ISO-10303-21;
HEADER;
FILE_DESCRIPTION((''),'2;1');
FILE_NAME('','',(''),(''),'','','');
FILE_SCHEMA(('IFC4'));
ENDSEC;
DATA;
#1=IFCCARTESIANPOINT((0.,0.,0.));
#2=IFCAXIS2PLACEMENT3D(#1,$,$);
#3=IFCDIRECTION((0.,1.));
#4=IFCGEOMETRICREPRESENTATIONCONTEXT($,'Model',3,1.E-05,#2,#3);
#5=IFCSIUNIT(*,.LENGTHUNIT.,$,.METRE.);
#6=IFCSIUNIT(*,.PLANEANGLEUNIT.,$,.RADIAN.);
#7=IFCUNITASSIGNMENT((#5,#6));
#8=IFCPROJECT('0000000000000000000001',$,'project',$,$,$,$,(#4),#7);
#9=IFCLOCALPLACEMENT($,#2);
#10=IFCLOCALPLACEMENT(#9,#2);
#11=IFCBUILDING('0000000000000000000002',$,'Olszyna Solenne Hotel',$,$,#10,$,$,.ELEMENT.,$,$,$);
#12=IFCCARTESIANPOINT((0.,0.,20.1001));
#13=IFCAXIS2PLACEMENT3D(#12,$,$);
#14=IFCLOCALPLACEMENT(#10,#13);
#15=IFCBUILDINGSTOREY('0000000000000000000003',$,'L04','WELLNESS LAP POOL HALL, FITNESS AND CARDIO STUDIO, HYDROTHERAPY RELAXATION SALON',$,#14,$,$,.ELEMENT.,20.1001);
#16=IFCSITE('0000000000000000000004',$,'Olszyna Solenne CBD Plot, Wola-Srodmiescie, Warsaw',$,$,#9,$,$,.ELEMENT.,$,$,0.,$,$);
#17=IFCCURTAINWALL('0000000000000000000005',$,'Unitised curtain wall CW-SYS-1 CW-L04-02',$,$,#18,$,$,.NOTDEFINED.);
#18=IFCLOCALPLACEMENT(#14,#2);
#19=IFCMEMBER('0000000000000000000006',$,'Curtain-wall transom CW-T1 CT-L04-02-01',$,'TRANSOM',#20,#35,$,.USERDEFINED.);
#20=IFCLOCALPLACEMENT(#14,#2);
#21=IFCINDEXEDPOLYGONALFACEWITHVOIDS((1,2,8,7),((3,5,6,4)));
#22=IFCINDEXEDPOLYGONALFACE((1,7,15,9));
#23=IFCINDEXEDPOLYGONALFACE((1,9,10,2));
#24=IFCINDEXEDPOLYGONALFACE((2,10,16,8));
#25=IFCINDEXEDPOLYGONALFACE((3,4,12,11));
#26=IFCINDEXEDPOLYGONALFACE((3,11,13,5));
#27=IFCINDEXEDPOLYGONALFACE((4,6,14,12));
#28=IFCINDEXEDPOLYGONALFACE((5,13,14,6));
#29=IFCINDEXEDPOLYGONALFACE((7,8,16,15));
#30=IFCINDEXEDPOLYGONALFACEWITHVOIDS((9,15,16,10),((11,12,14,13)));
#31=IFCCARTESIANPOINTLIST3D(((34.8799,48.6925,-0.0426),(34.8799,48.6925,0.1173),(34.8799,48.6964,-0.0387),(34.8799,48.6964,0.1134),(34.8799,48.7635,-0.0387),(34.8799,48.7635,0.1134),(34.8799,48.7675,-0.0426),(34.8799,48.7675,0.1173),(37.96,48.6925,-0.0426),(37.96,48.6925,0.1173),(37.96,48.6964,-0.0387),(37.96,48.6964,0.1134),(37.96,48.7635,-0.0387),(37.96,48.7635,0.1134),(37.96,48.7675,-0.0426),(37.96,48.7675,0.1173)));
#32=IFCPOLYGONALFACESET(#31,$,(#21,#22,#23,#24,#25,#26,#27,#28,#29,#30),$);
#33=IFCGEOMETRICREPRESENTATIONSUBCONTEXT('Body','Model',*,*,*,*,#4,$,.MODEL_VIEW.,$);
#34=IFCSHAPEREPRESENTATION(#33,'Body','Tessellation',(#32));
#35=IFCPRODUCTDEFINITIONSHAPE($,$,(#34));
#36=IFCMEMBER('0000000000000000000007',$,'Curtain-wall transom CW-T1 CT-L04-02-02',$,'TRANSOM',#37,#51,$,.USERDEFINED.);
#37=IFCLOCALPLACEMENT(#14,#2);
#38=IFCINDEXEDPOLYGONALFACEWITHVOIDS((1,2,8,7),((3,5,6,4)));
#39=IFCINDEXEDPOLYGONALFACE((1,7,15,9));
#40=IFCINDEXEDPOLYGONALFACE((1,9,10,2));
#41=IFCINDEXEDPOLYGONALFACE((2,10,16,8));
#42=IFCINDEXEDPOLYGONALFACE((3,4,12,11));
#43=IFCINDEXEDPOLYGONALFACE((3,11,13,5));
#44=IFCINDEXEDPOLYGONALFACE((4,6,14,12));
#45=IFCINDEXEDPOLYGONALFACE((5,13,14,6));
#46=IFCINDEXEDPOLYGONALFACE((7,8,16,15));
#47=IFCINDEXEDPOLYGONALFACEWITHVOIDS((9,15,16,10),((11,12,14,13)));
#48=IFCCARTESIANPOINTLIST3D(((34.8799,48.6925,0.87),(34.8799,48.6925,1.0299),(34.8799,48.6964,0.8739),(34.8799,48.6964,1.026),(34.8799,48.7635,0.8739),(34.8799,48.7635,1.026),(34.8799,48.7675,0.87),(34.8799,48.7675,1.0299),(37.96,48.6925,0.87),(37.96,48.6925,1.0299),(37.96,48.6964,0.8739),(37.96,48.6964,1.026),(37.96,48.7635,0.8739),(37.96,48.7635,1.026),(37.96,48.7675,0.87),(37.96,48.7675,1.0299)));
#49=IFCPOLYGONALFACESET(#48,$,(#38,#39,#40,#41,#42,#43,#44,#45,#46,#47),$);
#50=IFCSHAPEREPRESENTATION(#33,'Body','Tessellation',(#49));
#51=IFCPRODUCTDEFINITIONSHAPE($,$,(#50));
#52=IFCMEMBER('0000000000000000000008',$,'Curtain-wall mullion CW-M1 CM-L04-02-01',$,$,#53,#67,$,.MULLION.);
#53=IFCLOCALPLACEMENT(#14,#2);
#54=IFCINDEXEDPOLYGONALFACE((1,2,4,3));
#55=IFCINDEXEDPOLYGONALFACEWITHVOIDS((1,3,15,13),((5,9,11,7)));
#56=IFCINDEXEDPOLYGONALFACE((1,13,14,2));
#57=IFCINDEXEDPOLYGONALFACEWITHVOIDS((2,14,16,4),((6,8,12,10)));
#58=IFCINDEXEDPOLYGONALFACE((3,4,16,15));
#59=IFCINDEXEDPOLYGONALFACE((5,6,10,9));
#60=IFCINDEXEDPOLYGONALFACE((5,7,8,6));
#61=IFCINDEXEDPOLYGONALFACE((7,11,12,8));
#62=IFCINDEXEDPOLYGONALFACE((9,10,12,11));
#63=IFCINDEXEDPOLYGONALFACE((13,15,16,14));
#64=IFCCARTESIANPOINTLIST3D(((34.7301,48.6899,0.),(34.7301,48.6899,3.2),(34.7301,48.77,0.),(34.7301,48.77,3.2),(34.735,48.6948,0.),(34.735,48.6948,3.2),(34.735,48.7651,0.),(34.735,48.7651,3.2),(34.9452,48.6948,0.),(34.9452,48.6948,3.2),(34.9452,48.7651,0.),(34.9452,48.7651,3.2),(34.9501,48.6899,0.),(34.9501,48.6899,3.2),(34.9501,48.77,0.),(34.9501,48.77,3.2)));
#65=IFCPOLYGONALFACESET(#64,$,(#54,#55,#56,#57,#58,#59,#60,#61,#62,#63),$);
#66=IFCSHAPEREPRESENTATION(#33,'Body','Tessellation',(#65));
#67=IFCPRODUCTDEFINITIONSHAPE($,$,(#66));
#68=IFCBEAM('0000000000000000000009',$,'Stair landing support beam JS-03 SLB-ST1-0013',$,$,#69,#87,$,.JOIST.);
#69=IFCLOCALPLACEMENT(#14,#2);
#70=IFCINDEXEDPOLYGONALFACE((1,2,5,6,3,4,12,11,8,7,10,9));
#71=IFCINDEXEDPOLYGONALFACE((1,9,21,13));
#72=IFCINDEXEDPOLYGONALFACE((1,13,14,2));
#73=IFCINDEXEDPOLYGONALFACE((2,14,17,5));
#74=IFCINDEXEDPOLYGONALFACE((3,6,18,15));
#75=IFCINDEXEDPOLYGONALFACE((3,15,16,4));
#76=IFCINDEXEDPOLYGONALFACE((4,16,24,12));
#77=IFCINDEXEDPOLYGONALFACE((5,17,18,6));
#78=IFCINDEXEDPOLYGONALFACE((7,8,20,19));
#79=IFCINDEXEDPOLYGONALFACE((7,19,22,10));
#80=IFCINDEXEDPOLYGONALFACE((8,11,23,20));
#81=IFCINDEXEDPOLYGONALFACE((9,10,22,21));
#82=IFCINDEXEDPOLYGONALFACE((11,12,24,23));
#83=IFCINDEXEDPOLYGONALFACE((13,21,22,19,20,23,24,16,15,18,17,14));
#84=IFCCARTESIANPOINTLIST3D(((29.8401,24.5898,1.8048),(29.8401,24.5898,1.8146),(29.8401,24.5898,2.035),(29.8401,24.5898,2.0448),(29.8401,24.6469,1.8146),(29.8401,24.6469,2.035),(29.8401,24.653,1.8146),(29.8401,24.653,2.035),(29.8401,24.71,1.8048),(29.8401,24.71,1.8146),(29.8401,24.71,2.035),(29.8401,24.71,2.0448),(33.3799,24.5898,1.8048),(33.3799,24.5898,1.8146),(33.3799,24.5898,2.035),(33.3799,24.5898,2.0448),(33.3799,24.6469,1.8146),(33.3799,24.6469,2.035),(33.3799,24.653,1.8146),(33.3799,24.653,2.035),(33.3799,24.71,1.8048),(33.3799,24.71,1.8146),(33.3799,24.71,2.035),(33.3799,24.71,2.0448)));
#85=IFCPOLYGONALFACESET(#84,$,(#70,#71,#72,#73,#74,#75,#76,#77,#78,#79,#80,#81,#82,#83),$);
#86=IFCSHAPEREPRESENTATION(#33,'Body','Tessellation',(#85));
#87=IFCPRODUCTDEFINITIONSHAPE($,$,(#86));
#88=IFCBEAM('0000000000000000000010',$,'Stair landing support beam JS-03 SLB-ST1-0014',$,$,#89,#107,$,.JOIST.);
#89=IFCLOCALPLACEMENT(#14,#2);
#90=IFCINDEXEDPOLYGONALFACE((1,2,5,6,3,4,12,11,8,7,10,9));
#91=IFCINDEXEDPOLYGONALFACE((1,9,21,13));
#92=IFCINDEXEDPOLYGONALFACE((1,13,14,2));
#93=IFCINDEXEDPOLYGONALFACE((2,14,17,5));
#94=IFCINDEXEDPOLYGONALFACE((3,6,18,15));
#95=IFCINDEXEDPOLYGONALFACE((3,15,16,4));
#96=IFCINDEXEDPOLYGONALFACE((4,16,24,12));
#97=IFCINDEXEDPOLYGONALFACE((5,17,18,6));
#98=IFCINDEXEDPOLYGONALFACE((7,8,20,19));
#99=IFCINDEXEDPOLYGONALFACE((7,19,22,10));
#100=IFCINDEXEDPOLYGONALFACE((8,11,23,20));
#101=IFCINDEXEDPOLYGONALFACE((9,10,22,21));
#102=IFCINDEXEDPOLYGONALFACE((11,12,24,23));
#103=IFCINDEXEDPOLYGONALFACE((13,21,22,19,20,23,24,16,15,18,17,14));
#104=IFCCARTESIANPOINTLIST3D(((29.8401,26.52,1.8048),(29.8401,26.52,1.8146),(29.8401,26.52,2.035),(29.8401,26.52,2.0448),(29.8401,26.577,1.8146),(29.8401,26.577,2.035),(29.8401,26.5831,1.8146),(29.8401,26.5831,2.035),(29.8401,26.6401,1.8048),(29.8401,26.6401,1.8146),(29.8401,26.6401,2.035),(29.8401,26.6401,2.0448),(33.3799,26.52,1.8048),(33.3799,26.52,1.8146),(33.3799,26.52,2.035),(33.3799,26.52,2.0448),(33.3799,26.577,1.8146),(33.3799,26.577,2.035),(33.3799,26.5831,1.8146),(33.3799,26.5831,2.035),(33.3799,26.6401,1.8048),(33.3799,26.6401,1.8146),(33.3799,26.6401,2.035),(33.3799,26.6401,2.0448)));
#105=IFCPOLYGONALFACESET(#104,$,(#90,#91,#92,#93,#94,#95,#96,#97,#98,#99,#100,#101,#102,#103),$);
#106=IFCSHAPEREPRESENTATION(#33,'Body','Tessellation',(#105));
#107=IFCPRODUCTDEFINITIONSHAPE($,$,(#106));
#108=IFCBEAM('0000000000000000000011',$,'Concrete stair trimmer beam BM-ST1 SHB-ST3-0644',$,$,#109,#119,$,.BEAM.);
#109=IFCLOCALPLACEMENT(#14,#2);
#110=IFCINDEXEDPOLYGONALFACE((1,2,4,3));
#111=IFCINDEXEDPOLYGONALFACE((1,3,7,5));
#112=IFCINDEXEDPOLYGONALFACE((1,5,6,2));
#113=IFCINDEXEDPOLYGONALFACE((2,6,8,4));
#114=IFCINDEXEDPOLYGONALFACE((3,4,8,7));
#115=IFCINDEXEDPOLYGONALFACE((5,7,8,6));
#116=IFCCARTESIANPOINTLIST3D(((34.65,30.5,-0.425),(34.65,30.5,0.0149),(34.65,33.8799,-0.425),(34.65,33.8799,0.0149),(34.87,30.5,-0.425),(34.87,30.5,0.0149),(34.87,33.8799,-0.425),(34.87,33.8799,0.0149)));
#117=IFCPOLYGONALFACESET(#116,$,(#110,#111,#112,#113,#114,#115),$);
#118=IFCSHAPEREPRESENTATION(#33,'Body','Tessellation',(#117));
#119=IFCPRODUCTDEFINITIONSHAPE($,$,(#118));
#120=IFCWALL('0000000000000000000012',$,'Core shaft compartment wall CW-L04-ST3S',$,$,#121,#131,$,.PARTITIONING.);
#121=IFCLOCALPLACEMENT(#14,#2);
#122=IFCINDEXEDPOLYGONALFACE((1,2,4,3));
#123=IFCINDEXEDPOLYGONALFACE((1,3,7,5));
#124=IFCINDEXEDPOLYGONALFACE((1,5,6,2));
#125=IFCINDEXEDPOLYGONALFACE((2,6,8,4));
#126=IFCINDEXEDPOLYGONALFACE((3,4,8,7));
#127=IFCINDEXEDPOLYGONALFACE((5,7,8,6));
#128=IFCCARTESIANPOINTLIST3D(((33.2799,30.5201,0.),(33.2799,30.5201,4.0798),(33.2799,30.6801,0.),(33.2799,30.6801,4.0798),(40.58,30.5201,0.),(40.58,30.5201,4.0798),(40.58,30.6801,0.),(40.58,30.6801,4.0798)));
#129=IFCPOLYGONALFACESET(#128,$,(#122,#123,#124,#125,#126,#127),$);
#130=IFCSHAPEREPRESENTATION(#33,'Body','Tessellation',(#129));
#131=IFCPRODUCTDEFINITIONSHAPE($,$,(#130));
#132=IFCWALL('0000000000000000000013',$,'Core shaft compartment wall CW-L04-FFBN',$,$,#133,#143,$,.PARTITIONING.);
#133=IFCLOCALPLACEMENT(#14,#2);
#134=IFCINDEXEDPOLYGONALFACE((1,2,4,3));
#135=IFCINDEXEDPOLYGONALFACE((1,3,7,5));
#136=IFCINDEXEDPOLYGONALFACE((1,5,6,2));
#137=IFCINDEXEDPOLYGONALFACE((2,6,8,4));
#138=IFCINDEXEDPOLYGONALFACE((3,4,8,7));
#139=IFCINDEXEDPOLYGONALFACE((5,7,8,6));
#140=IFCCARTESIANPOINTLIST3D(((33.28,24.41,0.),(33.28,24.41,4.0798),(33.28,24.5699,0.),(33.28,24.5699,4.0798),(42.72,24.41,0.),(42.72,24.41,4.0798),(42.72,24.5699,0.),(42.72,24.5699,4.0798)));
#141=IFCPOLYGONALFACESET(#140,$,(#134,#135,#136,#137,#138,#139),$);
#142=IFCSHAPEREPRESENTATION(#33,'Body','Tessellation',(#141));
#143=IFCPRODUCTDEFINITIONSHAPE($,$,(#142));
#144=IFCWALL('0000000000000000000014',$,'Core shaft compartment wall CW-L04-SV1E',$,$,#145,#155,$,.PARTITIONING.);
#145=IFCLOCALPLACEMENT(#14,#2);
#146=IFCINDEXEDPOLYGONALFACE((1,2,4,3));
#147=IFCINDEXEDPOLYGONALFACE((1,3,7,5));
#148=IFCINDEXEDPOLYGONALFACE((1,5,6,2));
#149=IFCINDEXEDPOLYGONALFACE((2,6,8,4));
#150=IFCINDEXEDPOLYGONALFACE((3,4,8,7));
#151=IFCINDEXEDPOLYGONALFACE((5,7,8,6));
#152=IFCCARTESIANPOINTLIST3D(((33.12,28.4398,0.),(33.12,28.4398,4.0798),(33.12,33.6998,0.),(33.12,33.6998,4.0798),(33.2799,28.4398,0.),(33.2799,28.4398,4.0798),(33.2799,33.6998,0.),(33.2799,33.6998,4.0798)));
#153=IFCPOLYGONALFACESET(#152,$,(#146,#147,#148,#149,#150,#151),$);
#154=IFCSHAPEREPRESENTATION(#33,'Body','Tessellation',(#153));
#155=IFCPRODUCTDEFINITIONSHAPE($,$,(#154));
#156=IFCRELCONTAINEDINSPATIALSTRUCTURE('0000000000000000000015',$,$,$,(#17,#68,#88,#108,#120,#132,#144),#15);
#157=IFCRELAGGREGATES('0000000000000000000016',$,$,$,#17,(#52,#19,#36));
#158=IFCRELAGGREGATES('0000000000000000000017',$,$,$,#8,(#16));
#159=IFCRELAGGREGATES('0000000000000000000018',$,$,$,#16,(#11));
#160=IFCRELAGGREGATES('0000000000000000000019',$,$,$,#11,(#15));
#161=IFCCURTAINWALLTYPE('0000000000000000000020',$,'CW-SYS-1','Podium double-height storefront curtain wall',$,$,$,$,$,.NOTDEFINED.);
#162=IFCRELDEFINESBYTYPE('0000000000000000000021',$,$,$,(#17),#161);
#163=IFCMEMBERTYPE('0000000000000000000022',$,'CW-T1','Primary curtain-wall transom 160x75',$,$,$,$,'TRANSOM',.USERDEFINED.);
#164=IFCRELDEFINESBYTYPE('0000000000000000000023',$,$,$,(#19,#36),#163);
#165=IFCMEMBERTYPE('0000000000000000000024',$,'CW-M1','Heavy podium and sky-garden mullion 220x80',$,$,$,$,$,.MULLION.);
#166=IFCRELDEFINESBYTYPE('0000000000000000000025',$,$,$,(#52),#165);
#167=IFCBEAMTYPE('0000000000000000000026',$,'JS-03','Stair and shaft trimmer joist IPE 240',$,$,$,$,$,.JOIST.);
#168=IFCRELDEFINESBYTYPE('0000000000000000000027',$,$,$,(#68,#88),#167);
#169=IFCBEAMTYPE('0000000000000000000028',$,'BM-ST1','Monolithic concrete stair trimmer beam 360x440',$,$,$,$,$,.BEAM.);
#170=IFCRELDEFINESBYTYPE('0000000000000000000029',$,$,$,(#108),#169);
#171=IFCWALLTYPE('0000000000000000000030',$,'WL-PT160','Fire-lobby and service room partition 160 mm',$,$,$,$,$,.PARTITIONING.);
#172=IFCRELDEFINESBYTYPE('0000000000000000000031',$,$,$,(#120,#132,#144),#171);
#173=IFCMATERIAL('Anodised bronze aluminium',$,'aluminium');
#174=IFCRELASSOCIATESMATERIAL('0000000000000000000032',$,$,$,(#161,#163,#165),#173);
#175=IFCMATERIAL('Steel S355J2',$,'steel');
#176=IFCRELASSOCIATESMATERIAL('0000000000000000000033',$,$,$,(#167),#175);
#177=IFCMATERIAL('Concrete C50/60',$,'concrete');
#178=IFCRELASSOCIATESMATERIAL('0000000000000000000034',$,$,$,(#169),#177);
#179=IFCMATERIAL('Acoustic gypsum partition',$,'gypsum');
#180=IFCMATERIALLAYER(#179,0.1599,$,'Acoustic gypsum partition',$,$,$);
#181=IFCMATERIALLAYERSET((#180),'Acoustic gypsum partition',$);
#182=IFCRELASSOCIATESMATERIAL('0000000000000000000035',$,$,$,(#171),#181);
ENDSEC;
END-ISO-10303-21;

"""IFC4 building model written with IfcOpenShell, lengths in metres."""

from ifc_helpers import new_model, si_unit, direction, frame, frame_2d, origin, origin_2d, place, context, subcontext, project, spatial, rectangle, hollow_rectangle, i_section, extrude, source, transform, mapped, material, layer, layer_set, material_profile, profile_set, type_object, element, aggregate, save


model = new_model("IFC4")

# Units and contexts
model_context = context("Model", 3, precision=1e-05, world=origin(), true_north=direction((0.0, 1.0)))
body_context = subcontext(model_context, "Body", "Model", "MODEL_VIEW")
ifc_project = project(units=[si_unit("LENGTHUNIT", "METRE"), si_unit("PLANEANGLEUNIT", "RADIAN")], contexts=[model_context])

# Site, building, storey
site_placement = place(None, origin())
site = spatial("IfcSite", under=ifc_project, at=site_placement, Name="Olszyna Solenne CBD Plot, Wola-Srodmiescie, Warsaw", CompositionType="ELEMENT", RefElevation=0.0)
building_placement = place(site_placement, origin())
building = spatial("IfcBuilding", under=site, at=building_placement, Name="Olszyna Solenne Hotel", CompositionType="ELEMENT")
storey_placement = place(building_placement, frame((0.0, 0.0, 20.1001)))
storey = spatial("IfcBuildingStorey", under=building, at=storey_placement, Name="L04", Description="WELLNESS LAP POOL HALL, FITNESS AND CARDIO STUDIO, HYDROTHERAPY RELAXATION SALON", CompositionType="ELEMENT", Elevation=20.1001)

# Curtain wall, members
ifc_material_1 = material(Name="Anodised bronze aluminium", Category="aluminium")
curtain_wall_type = type_object("IfcCurtainWallType", Name="CW-SYS-1", Description="Podium double-height storefront curtain wall", PredefinedType="NOTDEFINED", material=ifc_material_1)
curtain_wall_placement = place(storey_placement, origin())
curtain_wall = element("IfcCurtainWall", 1, at=curtain_wall_placement, inside=storey, type_object=curtain_wall_type, Name="Unitised curtain wall CW-SYS-1 CW-L04-02", PredefinedType="NOTDEFINED")
ifc_material_profile_1 = material_profile(ifc_material_1, hollow_rectangle(XDim=0.075, YDim=0.1599, WallThickness=0.0039, at=origin_2d()), Name="TRAN 160x75x4", Category="load-bearing")
ifc_profile_set_1 = profile_set([ifc_material_profile_1], Name="Anodised bronze aluminium")
member_type_1 = type_object("IfcMemberType", Name="CW-T1", Description="Primary curtain-wall transom 160x75", ElementType="TRANSOM", PredefinedType="USERDEFINED", material=ifc_profile_set_1)
shared_shape_1 = source(origin(), body_context, "Body", "SweptSolid", [
    extrude(hollow_rectangle(XDim=0.075, YDim=0.1599, WallThickness=0.0039, at=origin_2d()), origin(), (0.0, 0.0, 1.0), 3.0801),
])
member_1_placement = place(storey_placement, frame((34.8799, 48.73, 0.0374), z_axis=(1.0, 0.0, 0.0), x_axis=(0.0, 1.0, 0.0)))
member_1 = element("IfcMember", 2, at=member_1_placement, type_object=member_type_1, Name="Curtain-wall transom CW-T1 CT-L04-02-01", ObjectType="TRANSOM", PredefinedType="USERDEFINED", context=body_context, shape_type="MappedRepresentation", body=[
    mapped(shared_shape_1, transform((0.0, 0.0, 0.0), x_axis=(1.0, 0.0, 0.0), y_axis=(0.0, 1.0, 0.0), z_axis=(0.0, 0.0, 1.0), scale=1.0)),
])
member_2_placement = place(storey_placement, frame((34.8799, 48.73, 0.95), z_axis=(1.0, 0.0, 0.0), x_axis=(0.0, 1.0, 0.0)))
member_2 = element("IfcMember", 3, at=member_2_placement, type_object=member_type_1, Name="Curtain-wall transom CW-T1 CT-L04-02-02", ObjectType="TRANSOM", PredefinedType="USERDEFINED", context=body_context, shape_type="MappedRepresentation", body=[
    mapped(shared_shape_1, transform((0.0, 0.0, 0.0), x_axis=(1.0, 0.0, 0.0), y_axis=(0.0, 1.0, 0.0), z_axis=(0.0, 0.0, 1.0), scale=1.0)),
])
ifc_material_profile_2 = material_profile(ifc_material_1, hollow_rectangle(XDim=0.0801, YDim=0.22, WallThickness=0.0049, at=origin_2d()), Name="MULL 220x80x5", Category="load-bearing")
ifc_profile_set_2 = profile_set([ifc_material_profile_2], Name="Anodised bronze aluminium")
member_type_2 = type_object("IfcMemberType", Name="CW-M1", Description="Heavy podium and sky-garden mullion 220x80", PredefinedType="MULLION", material=ifc_profile_set_2)
shared_shape_2 = source(origin(), body_context, "Body", "SweptSolid", [
    extrude(hollow_rectangle(XDim=0.0801, YDim=0.22, WallThickness=0.0049, at=origin_2d()), origin(), (0.0, 0.0, 1.0), 3.2),
])
member_3_placement = place(storey_placement, frame((34.8401, 48.73, 0.0), z_axis=(0.0, 0.0, 1.0), x_axis=(0.0, 1.0, 0.0)))
member_3 = element("IfcMember", 4, at=member_3_placement, type_object=member_type_2, Name="Curtain-wall mullion CW-M1 CM-L04-02-01", PredefinedType="MULLION", context=body_context, shape_type="MappedRepresentation", body=[
    mapped(shared_shape_2, transform((0.0, 0.0, 0.0), x_axis=(1.0, 0.0, 0.0), y_axis=(0.0, 1.0, 0.0), z_axis=(0.0, 0.0, 1.0), scale=1.0)),
])
aggregate(curtain_wall, [member_3, member_1, member_2])

# Beams
ifc_material_2 = material(Name="Steel S355J2", Category="steel")
ifc_material_profile_3 = material_profile(ifc_material_2, i_section(OverallWidth=0.1201, OverallDepth=0.24, WebThickness=0.0061, FlangeThickness=0.0098, at=origin_2d()), Name="IPE 240", Category="load-bearing")
ifc_profile_set_3 = profile_set([ifc_material_profile_3], Name="Steel S355J2")
beam_type_1 = type_object("IfcBeamType", Name="JS-03", Description="Stair and shaft trimmer joist IPE 240", PredefinedType="JOIST", material=ifc_profile_set_3)
shared_shape_3 = source(origin(), body_context, "Body", "SweptSolid", [
    extrude(i_section(OverallWidth=0.1201, OverallDepth=0.24, WebThickness=0.0061, FlangeThickness=0.0098, at=origin_2d()), origin(), (0.0, 0.0, 1.0), 3.5398),
])
for number, where, z_axis, x_axis, name in (
    (5, (33.3799, 24.6499, 1.9248), (-1.0, 0.0, 0.0), (0.0, -1.0, 0.0), "Stair landing support beam JS-03 SLB-ST1-0013"),
    (6, (33.3799, 26.5801, 1.9248), (-1.0, 0.0, 0.0), (0.0, -1.0, 0.0), "Stair landing support beam JS-03 SLB-ST1-0014"),
):
    element("IfcBeam", number, at=place(storey_placement, frame(where, z_axis=z_axis, x_axis=x_axis)), inside=storey, type_object=beam_type_1, Name=name, PredefinedType="JOIST", context=body_context, shape_type="MappedRepresentation", body=[
        mapped(shared_shape_3, transform((0.0, 0.0, 0.0), x_axis=(1.0, 0.0, 0.0), y_axis=(0.0, 1.0, 0.0), z_axis=(0.0, 0.0, 1.0), scale=1.0)),
    ])
ifc_material_3 = material(Name="Concrete C50/60", Category="concrete")
ifc_material_profile_4 = material_profile(ifc_material_3, rectangle(XDim=0.22, YDim=0.4399, at=origin_2d()), Name="RC 220x440", Category="load-bearing")
ifc_profile_set_4 = profile_set([ifc_material_profile_4], Name="Concrete C50/60")
beam_type_2 = type_object("IfcBeamType", Name="BM-ST1", Description="Monolithic concrete stair trimmer beam 360x440", PredefinedType="BEAM", material=ifc_profile_set_4)
shared_shape_4 = source(origin(), body_context, "Body", "SweptSolid", [
    extrude(rectangle(XDim=0.22, YDim=0.4399, at=origin_2d()), origin(), (0.0, 0.0, 1.0), 3.3799),
])
beam_placement = place(storey_placement, frame((34.76, 30.5, -0.2051), z_axis=(0.0, 1.0, 0.0), x_axis=(-1.0, 0.0, 0.0)))
element("IfcBeam", 7, at=beam_placement, inside=storey, type_object=beam_type_2, Name="Concrete stair trimmer beam BM-ST1 SHB-ST3-0644", PredefinedType="BEAM", context=body_context, shape_type="MappedRepresentation", body=[
    mapped(shared_shape_4, transform((0.0, 0.0, 0.0), x_axis=(1.0, 0.0, 0.0), y_axis=(0.0, 1.0, 0.0), z_axis=(0.0, 0.0, 1.0), scale=1.0)),
])

# Walls
ifc_material_4 = material(Name="Acoustic gypsum partition", Category="gypsum")
ifc_layer_1 = layer(ifc_material_4, 0.1599, Name="Acoustic gypsum partition")
ifc_layer_set_1 = layer_set([ifc_layer_1], Name="Acoustic gypsum partition")
wall_type_1 = type_object("IfcWallType", Name="WL-PT160", Description="Fire-lobby and service room partition 160 mm", PredefinedType="PARTITIONING", material=ifc_layer_set_1)
wall_1_placement = place(storey_placement, frame((33.28, 30.6001, 0.0), z_axis=(0.0, 0.0, 1.0), x_axis=(1.0, 0.0, 0.0)))
element("IfcWall", 8, at=wall_1_placement, inside=storey, type_object=wall_type_1, Name="Core shaft compartment wall CW-L04-ST3S", PredefinedType="PARTITIONING", context=body_context, shape_type="SweptSolid", body=[
    extrude(rectangle(XDim=7.3, YDim=0.1599, at=frame_2d((3.6499, 0.0))), origin(), (0.0, 0.0, 1.0), 4.0798),
])
wall_2_placement = place(storey_placement, frame((33.28, 24.49, 0.0), z_axis=(0.0, 0.0, 1.0), x_axis=(1.0, 0.0, 0.0)))
element("IfcWall", 9, at=wall_2_placement, inside=storey, type_object=wall_type_1, Name="Core shaft compartment wall CW-L04-FFBN", PredefinedType="PARTITIONING", context=body_context, shape_type="SweptSolid", body=[
    extrude(rectangle(XDim=9.4399, YDim=0.1599, at=frame_2d((4.72, 0.0))), origin(), (0.0, 0.0, 1.0), 4.0798),
])
wall_3_placement = place(storey_placement, frame((33.2, 28.4399, 0.0), z_axis=(0.0, 0.0, 1.0), x_axis=(0.0, 1.0, 0.0)))
element("IfcWall", 10, at=wall_3_placement, inside=storey, type_object=wall_type_1, Name="Core shaft compartment wall CW-L04-SV1E", PredefinedType="PARTITIONING", context=body_context, shape_type="SweptSolid", body=[
    extrude(rectangle(XDim=5.26, YDim=0.1599, at=frame_2d((2.6299, 0.0))), origin(), (0.0, 0.0, 1.0), 4.0798),
])

save(model, "model.ifc")
